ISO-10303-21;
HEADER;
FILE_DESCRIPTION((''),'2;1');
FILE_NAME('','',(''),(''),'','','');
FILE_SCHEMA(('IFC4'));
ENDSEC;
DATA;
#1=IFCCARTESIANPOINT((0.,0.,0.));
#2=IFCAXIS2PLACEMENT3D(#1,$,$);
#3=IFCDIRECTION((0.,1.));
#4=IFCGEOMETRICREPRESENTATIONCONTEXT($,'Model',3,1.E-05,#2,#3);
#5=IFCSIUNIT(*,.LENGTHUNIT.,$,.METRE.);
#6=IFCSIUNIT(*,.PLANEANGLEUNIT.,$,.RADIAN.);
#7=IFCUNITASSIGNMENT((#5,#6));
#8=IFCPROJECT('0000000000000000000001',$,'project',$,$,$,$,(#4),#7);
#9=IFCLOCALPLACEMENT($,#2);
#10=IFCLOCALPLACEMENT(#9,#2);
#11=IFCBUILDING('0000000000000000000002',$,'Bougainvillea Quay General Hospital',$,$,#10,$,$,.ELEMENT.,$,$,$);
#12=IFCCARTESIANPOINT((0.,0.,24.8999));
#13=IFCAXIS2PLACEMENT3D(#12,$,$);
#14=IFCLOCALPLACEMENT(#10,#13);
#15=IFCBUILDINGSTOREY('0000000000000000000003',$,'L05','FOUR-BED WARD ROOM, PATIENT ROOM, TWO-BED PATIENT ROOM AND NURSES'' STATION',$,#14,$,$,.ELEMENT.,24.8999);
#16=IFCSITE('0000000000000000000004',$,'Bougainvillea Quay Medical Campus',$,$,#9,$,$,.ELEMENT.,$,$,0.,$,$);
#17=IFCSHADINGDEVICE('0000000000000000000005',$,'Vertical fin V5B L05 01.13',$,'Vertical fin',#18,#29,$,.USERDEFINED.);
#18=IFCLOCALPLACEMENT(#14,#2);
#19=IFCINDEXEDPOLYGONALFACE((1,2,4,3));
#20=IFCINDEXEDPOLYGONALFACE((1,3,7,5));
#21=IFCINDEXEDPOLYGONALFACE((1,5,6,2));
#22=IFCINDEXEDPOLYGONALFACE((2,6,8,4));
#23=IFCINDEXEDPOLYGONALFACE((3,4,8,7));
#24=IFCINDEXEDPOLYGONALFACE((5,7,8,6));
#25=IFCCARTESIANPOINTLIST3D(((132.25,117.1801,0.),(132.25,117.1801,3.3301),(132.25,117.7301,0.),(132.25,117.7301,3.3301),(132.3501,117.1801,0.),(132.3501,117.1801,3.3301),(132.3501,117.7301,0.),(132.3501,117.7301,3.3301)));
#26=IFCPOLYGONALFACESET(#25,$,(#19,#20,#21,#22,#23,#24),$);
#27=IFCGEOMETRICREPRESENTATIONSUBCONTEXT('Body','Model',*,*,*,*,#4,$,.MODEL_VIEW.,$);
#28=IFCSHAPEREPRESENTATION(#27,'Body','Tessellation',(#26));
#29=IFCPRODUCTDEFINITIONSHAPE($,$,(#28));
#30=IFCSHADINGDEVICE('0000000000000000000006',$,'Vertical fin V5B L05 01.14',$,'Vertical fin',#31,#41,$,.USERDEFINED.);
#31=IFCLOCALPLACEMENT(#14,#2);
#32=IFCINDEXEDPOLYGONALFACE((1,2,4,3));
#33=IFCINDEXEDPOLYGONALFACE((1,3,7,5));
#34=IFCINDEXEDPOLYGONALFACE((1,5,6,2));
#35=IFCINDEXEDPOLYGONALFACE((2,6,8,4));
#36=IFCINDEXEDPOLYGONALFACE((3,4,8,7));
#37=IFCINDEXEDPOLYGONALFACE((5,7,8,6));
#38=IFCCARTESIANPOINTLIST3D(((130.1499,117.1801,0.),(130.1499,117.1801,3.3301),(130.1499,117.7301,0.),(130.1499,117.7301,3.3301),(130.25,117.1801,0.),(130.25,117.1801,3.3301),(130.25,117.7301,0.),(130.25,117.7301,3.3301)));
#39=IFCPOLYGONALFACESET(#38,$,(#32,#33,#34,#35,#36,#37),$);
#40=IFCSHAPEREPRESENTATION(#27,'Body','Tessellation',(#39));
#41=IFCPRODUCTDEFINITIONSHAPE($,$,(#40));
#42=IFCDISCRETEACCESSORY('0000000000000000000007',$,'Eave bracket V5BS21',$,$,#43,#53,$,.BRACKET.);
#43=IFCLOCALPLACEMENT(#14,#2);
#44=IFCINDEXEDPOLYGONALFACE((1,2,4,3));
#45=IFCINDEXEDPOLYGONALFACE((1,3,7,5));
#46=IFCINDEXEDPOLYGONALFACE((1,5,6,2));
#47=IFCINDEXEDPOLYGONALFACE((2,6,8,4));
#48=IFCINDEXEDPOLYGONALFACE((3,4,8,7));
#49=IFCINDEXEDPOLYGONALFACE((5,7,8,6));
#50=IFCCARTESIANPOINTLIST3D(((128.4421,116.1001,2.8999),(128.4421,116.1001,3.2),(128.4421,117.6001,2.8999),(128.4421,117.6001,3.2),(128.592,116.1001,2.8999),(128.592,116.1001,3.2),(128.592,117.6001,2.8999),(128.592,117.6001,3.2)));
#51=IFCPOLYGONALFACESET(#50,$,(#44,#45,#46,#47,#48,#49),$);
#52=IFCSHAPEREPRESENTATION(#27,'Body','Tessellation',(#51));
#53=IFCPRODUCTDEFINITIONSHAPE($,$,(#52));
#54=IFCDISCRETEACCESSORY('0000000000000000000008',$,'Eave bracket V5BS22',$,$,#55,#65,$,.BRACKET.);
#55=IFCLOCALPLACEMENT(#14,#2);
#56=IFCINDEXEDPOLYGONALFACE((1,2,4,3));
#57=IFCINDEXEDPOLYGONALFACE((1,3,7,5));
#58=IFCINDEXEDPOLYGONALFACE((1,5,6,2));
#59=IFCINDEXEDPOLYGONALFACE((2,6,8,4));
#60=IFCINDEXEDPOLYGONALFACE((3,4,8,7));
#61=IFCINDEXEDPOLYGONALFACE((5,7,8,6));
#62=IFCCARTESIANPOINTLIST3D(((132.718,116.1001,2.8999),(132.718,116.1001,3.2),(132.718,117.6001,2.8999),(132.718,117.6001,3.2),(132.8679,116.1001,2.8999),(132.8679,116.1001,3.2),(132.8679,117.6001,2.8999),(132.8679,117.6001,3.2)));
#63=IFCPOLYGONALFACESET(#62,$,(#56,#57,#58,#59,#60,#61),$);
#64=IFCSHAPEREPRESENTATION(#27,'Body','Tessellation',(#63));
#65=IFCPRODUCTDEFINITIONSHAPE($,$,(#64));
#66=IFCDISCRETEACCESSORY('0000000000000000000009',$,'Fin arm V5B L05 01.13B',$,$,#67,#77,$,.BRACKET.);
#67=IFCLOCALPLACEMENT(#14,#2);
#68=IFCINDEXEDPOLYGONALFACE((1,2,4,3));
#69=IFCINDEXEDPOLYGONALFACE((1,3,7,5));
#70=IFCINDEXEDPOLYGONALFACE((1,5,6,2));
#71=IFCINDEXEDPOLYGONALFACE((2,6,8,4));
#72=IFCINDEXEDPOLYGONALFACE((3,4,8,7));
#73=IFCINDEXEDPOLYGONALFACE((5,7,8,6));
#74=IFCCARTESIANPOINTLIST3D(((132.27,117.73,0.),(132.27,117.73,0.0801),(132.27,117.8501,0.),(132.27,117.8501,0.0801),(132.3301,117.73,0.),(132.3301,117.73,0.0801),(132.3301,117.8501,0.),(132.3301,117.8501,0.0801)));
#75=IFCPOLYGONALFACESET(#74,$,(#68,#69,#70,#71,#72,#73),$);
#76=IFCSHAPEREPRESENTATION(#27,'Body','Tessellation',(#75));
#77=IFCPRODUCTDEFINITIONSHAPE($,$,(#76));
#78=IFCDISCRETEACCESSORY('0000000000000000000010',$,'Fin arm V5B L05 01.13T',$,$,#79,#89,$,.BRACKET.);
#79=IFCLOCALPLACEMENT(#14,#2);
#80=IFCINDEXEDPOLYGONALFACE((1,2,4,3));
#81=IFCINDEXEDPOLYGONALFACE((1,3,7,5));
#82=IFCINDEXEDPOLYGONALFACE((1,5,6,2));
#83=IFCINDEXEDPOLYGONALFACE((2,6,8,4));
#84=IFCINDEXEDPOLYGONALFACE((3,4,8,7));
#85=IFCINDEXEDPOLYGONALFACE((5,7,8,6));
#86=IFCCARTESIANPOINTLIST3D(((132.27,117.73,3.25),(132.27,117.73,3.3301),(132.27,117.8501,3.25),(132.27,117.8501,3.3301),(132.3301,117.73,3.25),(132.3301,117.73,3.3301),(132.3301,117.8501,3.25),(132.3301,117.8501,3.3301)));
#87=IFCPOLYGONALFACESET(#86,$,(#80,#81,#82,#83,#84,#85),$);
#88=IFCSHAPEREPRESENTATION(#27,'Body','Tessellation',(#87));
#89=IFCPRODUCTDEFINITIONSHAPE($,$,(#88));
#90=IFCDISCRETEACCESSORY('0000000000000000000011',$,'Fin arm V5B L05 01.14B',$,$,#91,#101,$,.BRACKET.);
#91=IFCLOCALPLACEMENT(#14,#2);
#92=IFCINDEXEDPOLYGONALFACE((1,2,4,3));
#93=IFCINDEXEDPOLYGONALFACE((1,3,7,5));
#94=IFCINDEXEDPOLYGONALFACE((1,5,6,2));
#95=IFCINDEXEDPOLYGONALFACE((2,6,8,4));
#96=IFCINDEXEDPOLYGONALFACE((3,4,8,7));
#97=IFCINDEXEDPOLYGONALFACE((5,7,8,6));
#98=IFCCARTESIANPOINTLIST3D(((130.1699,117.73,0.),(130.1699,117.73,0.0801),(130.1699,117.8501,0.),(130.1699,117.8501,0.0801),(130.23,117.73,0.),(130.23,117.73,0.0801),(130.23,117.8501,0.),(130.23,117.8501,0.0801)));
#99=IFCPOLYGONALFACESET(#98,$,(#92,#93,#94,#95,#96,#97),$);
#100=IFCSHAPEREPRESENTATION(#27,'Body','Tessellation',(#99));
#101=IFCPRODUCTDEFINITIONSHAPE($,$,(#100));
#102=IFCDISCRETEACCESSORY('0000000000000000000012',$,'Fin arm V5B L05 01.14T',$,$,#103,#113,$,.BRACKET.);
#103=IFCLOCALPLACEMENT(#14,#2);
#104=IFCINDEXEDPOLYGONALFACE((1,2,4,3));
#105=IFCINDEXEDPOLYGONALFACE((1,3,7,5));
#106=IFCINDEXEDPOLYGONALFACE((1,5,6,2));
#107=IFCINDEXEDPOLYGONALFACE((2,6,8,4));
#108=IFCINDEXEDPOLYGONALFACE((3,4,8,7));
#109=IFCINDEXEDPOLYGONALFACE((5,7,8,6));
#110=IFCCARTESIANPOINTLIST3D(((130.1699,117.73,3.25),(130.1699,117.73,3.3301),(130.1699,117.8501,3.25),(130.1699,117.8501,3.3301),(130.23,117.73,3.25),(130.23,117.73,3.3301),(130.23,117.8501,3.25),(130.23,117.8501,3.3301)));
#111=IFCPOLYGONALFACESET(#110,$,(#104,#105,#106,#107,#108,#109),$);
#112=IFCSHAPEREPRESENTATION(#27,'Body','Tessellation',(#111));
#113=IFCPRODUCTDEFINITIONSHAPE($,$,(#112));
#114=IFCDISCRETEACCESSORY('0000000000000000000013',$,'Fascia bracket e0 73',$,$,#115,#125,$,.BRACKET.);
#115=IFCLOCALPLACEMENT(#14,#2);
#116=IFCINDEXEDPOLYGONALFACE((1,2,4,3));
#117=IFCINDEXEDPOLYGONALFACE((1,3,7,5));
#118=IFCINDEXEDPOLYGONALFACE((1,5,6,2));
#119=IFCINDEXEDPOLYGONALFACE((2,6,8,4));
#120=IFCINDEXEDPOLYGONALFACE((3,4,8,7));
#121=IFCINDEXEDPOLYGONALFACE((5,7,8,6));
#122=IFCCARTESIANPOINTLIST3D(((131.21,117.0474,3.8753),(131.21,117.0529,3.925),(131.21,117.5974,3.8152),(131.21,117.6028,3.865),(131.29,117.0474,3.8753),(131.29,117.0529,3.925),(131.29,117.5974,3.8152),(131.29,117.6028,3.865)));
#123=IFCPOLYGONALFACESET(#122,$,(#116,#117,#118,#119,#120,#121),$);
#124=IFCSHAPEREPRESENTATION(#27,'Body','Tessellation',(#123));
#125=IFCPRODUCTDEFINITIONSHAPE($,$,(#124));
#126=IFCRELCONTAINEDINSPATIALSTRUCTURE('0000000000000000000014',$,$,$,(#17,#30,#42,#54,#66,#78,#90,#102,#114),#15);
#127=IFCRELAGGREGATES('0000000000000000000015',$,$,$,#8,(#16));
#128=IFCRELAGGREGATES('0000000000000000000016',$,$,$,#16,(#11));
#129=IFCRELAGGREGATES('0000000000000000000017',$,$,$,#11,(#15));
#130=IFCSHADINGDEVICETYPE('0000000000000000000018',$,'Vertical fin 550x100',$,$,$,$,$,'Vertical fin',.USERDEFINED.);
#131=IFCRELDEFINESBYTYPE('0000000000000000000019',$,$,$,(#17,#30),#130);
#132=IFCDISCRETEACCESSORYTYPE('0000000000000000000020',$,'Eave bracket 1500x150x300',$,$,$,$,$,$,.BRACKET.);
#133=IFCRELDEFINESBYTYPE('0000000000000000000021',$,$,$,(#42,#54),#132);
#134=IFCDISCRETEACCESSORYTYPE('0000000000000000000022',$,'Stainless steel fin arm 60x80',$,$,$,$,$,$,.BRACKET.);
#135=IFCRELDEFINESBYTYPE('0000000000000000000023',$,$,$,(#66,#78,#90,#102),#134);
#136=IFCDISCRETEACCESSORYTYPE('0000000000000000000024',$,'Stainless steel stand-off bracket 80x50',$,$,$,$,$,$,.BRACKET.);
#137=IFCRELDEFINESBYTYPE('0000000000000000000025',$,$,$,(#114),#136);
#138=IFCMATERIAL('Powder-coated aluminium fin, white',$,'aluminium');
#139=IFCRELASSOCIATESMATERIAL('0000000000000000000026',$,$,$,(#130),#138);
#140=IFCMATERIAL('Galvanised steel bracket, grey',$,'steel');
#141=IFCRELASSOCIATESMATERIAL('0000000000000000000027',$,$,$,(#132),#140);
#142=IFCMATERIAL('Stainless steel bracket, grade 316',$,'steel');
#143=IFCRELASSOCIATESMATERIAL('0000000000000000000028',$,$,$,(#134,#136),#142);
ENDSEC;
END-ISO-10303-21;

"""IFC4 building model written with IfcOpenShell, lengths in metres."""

from ifc_helpers import new_model, si_unit, direction, frame, origin, origin_2d, place, context, subcontext, project, spatial, rectangle, extrude, material, material_profile, profile_set, type_object, element, save


model = new_model("IFC4")

# Units and contexts
model_context = context("Model", 3, precision=1e-05, world=origin(), true_north=direction((0.0, 1.0)))
body_context = subcontext(model_context, "Body", "Model", "MODEL_VIEW")
ifc_project = project(units=[si_unit("LENGTHUNIT", "METRE"), si_unit("PLANEANGLEUNIT", "RADIAN")], contexts=[model_context])

# Site, building, storey
site_placement = place(None, origin())
site = spatial("IfcSite", under=ifc_project, at=site_placement, Name="Bougainvillea Quay Medical Campus", CompositionType="ELEMENT", RefElevation=0.0)
building_placement = place(site_placement, origin())
building = spatial("IfcBuilding", under=site, at=building_placement, Name="Bougainvillea Quay General Hospital", CompositionType="ELEMENT")
storey_placement = place(building_placement, frame((0.0, 0.0, 24.8999)))
storey = spatial("IfcBuildingStorey", under=building, at=storey_placement, Name="L05", Description="FOUR-BED WARD ROOM, PATIENT ROOM, TWO-BED PATIENT ROOM AND NURSES' STATION", CompositionType="ELEMENT", Elevation=24.8999)

# Shading devices
ifc_material_1 = material(Name="Powder-coated aluminium fin, white", Category="aluminium")
ifc_material_profile_1 = material_profile(ifc_material_1, rectangle(XDim=0.55, YDim=0.1001, at=origin_2d()))
ifc_profile_set_1 = profile_set([ifc_material_profile_1], Name="Powder-coated aluminium fin, white")
shading_device_type = type_object("IfcShadingDeviceType", Name="Vertical fin 550x100", ElementType="Vertical fin", PredefinedType="USERDEFINED", material=ifc_profile_set_1)
for number, where, z_axis, x_axis, name in (
    (1, (132.3, 117.4551, 0.0), (0.0, 0.0, 1.0), (0.0, -1.0, 0.0), "Vertical fin V5B L05 01.13"),
    (2, (130.2, 117.4551, 0.0), (0.0, 0.0, 1.0), (0.0, -1.0, 0.0), "Vertical fin V5B L05 01.14"),
):
    element("IfcShadingDevice", number, at=place(storey_placement, frame(where, z_axis=z_axis, x_axis=x_axis)), inside=storey, type_object=shading_device_type, Name=name, ObjectType="Vertical fin", PredefinedType="USERDEFINED", context=body_context, shape_type="SweptSolid", body=[
        extrude(rectangle(XDim=0.55, YDim=0.1001, at=origin_2d()), origin(), (0.0, 0.0, 1.0), 3.3301),
    ])

# Discrete accessories
ifc_material_2 = material(Name="Galvanised steel bracket, grey", Category="steel")
discrete_accessory_type_1 = type_object("IfcDiscreteAccessoryType", Name="Eave bracket 1500x150x300", PredefinedType="BRACKET", material=ifc_material_2)
for number, where, z_axis, x_axis, name in (
    (3, (128.5171, 116.8501, 2.8999), (0.0, 0.0, 1.0), (1.0, 0.0, 0.0), "Eave bracket V5BS21"),
    (4, (132.793, 116.8501, 2.8999), (0.0, 0.0, 1.0), (1.0, 0.0, 0.0), "Eave bracket V5BS22"),
):
    element("IfcDiscreteAccessory", number, at=place(storey_placement, frame(where, z_axis=z_axis, x_axis=x_axis)), inside=storey, type_object=discrete_accessory_type_1, Name=name, PredefinedType="BRACKET", context=body_context, shape_type="SweptSolid", body=[
        extrude(rectangle(XDim=0.1499, YDim=1.5, at=origin_2d()), origin(), (0.0, 0.0, 1.0), 0.3),
    ])
ifc_material_3 = material(Name="Stainless steel bracket, grade 316", Category="steel")
discrete_accessory_type_2 = type_object("IfcDiscreteAccessoryType", Name="Stainless steel fin arm 60x80", PredefinedType="BRACKET", material=ifc_material_3)
for number, where, z_axis, x_axis, name in (
    (5, (132.3, 117.79, 0.0), (0.0, 0.0, 1.0), (0.0, -1.0, 0.0), "Fin arm V5B L05 01.13B"),
    (6, (132.3, 117.79, 3.25), (0.0, 0.0, 1.0), (0.0, -1.0, 0.0), "Fin arm V5B L05 01.13T"),
    (7, (130.2, 117.79, 0.0), (0.0, 0.0, 1.0), (0.0, -1.0, 0.0), "Fin arm V5B L05 01.14B"),
    (8, (130.2, 117.79, 3.25), (0.0, 0.0, 1.0), (0.0, -1.0, 0.0), "Fin arm V5B L05 01.14T"),
):
    element("IfcDiscreteAccessory", number, at=place(storey_placement, frame(where, z_axis=z_axis, x_axis=x_axis)), inside=storey, type_object=discrete_accessory_type_2, Name=name, PredefinedType="BRACKET", context=body_context, shape_type="SweptSolid", body=[
        extrude(rectangle(XDim=0.1201, YDim=0.0601, at=origin_2d()), origin(), (0.0, 0.0, 1.0), 0.0801),
    ])
ifc_material_profile_2 = material_profile(ifc_material_3, rectangle(XDim=0.0801, YDim=0.05, at=origin_2d()))
ifc_profile_set_2 = profile_set([ifc_material_profile_2], Name="Stainless steel bracket, grade 316")
discrete_accessory_type_3 = type_object("IfcDiscreteAccessoryType", Name="Stainless steel stand-off bracket 80x50", PredefinedType="BRACKET", material=ifc_profile_set_2)
discrete_accessory_placement = place(storey_placement, frame((131.25, 117.6001, 3.8401), z_axis=(0.0, -0.994092, 0.108543), x_axis=(1.0, 0.0, 0.0)))
element("IfcDiscreteAccessory", 9, at=discrete_accessory_placement, inside=storey, type_object=discrete_accessory_type_3, Name="Fascia bracket e0 73", PredefinedType="BRACKET", context=body_context, shape_type="SweptSolid", body=[
    extrude(rectangle(XDim=0.0801, YDim=0.05, at=origin_2d()), origin(), (0.0, 0.0, 1.0), 0.5532),
])

save(model, "model.ifc")
